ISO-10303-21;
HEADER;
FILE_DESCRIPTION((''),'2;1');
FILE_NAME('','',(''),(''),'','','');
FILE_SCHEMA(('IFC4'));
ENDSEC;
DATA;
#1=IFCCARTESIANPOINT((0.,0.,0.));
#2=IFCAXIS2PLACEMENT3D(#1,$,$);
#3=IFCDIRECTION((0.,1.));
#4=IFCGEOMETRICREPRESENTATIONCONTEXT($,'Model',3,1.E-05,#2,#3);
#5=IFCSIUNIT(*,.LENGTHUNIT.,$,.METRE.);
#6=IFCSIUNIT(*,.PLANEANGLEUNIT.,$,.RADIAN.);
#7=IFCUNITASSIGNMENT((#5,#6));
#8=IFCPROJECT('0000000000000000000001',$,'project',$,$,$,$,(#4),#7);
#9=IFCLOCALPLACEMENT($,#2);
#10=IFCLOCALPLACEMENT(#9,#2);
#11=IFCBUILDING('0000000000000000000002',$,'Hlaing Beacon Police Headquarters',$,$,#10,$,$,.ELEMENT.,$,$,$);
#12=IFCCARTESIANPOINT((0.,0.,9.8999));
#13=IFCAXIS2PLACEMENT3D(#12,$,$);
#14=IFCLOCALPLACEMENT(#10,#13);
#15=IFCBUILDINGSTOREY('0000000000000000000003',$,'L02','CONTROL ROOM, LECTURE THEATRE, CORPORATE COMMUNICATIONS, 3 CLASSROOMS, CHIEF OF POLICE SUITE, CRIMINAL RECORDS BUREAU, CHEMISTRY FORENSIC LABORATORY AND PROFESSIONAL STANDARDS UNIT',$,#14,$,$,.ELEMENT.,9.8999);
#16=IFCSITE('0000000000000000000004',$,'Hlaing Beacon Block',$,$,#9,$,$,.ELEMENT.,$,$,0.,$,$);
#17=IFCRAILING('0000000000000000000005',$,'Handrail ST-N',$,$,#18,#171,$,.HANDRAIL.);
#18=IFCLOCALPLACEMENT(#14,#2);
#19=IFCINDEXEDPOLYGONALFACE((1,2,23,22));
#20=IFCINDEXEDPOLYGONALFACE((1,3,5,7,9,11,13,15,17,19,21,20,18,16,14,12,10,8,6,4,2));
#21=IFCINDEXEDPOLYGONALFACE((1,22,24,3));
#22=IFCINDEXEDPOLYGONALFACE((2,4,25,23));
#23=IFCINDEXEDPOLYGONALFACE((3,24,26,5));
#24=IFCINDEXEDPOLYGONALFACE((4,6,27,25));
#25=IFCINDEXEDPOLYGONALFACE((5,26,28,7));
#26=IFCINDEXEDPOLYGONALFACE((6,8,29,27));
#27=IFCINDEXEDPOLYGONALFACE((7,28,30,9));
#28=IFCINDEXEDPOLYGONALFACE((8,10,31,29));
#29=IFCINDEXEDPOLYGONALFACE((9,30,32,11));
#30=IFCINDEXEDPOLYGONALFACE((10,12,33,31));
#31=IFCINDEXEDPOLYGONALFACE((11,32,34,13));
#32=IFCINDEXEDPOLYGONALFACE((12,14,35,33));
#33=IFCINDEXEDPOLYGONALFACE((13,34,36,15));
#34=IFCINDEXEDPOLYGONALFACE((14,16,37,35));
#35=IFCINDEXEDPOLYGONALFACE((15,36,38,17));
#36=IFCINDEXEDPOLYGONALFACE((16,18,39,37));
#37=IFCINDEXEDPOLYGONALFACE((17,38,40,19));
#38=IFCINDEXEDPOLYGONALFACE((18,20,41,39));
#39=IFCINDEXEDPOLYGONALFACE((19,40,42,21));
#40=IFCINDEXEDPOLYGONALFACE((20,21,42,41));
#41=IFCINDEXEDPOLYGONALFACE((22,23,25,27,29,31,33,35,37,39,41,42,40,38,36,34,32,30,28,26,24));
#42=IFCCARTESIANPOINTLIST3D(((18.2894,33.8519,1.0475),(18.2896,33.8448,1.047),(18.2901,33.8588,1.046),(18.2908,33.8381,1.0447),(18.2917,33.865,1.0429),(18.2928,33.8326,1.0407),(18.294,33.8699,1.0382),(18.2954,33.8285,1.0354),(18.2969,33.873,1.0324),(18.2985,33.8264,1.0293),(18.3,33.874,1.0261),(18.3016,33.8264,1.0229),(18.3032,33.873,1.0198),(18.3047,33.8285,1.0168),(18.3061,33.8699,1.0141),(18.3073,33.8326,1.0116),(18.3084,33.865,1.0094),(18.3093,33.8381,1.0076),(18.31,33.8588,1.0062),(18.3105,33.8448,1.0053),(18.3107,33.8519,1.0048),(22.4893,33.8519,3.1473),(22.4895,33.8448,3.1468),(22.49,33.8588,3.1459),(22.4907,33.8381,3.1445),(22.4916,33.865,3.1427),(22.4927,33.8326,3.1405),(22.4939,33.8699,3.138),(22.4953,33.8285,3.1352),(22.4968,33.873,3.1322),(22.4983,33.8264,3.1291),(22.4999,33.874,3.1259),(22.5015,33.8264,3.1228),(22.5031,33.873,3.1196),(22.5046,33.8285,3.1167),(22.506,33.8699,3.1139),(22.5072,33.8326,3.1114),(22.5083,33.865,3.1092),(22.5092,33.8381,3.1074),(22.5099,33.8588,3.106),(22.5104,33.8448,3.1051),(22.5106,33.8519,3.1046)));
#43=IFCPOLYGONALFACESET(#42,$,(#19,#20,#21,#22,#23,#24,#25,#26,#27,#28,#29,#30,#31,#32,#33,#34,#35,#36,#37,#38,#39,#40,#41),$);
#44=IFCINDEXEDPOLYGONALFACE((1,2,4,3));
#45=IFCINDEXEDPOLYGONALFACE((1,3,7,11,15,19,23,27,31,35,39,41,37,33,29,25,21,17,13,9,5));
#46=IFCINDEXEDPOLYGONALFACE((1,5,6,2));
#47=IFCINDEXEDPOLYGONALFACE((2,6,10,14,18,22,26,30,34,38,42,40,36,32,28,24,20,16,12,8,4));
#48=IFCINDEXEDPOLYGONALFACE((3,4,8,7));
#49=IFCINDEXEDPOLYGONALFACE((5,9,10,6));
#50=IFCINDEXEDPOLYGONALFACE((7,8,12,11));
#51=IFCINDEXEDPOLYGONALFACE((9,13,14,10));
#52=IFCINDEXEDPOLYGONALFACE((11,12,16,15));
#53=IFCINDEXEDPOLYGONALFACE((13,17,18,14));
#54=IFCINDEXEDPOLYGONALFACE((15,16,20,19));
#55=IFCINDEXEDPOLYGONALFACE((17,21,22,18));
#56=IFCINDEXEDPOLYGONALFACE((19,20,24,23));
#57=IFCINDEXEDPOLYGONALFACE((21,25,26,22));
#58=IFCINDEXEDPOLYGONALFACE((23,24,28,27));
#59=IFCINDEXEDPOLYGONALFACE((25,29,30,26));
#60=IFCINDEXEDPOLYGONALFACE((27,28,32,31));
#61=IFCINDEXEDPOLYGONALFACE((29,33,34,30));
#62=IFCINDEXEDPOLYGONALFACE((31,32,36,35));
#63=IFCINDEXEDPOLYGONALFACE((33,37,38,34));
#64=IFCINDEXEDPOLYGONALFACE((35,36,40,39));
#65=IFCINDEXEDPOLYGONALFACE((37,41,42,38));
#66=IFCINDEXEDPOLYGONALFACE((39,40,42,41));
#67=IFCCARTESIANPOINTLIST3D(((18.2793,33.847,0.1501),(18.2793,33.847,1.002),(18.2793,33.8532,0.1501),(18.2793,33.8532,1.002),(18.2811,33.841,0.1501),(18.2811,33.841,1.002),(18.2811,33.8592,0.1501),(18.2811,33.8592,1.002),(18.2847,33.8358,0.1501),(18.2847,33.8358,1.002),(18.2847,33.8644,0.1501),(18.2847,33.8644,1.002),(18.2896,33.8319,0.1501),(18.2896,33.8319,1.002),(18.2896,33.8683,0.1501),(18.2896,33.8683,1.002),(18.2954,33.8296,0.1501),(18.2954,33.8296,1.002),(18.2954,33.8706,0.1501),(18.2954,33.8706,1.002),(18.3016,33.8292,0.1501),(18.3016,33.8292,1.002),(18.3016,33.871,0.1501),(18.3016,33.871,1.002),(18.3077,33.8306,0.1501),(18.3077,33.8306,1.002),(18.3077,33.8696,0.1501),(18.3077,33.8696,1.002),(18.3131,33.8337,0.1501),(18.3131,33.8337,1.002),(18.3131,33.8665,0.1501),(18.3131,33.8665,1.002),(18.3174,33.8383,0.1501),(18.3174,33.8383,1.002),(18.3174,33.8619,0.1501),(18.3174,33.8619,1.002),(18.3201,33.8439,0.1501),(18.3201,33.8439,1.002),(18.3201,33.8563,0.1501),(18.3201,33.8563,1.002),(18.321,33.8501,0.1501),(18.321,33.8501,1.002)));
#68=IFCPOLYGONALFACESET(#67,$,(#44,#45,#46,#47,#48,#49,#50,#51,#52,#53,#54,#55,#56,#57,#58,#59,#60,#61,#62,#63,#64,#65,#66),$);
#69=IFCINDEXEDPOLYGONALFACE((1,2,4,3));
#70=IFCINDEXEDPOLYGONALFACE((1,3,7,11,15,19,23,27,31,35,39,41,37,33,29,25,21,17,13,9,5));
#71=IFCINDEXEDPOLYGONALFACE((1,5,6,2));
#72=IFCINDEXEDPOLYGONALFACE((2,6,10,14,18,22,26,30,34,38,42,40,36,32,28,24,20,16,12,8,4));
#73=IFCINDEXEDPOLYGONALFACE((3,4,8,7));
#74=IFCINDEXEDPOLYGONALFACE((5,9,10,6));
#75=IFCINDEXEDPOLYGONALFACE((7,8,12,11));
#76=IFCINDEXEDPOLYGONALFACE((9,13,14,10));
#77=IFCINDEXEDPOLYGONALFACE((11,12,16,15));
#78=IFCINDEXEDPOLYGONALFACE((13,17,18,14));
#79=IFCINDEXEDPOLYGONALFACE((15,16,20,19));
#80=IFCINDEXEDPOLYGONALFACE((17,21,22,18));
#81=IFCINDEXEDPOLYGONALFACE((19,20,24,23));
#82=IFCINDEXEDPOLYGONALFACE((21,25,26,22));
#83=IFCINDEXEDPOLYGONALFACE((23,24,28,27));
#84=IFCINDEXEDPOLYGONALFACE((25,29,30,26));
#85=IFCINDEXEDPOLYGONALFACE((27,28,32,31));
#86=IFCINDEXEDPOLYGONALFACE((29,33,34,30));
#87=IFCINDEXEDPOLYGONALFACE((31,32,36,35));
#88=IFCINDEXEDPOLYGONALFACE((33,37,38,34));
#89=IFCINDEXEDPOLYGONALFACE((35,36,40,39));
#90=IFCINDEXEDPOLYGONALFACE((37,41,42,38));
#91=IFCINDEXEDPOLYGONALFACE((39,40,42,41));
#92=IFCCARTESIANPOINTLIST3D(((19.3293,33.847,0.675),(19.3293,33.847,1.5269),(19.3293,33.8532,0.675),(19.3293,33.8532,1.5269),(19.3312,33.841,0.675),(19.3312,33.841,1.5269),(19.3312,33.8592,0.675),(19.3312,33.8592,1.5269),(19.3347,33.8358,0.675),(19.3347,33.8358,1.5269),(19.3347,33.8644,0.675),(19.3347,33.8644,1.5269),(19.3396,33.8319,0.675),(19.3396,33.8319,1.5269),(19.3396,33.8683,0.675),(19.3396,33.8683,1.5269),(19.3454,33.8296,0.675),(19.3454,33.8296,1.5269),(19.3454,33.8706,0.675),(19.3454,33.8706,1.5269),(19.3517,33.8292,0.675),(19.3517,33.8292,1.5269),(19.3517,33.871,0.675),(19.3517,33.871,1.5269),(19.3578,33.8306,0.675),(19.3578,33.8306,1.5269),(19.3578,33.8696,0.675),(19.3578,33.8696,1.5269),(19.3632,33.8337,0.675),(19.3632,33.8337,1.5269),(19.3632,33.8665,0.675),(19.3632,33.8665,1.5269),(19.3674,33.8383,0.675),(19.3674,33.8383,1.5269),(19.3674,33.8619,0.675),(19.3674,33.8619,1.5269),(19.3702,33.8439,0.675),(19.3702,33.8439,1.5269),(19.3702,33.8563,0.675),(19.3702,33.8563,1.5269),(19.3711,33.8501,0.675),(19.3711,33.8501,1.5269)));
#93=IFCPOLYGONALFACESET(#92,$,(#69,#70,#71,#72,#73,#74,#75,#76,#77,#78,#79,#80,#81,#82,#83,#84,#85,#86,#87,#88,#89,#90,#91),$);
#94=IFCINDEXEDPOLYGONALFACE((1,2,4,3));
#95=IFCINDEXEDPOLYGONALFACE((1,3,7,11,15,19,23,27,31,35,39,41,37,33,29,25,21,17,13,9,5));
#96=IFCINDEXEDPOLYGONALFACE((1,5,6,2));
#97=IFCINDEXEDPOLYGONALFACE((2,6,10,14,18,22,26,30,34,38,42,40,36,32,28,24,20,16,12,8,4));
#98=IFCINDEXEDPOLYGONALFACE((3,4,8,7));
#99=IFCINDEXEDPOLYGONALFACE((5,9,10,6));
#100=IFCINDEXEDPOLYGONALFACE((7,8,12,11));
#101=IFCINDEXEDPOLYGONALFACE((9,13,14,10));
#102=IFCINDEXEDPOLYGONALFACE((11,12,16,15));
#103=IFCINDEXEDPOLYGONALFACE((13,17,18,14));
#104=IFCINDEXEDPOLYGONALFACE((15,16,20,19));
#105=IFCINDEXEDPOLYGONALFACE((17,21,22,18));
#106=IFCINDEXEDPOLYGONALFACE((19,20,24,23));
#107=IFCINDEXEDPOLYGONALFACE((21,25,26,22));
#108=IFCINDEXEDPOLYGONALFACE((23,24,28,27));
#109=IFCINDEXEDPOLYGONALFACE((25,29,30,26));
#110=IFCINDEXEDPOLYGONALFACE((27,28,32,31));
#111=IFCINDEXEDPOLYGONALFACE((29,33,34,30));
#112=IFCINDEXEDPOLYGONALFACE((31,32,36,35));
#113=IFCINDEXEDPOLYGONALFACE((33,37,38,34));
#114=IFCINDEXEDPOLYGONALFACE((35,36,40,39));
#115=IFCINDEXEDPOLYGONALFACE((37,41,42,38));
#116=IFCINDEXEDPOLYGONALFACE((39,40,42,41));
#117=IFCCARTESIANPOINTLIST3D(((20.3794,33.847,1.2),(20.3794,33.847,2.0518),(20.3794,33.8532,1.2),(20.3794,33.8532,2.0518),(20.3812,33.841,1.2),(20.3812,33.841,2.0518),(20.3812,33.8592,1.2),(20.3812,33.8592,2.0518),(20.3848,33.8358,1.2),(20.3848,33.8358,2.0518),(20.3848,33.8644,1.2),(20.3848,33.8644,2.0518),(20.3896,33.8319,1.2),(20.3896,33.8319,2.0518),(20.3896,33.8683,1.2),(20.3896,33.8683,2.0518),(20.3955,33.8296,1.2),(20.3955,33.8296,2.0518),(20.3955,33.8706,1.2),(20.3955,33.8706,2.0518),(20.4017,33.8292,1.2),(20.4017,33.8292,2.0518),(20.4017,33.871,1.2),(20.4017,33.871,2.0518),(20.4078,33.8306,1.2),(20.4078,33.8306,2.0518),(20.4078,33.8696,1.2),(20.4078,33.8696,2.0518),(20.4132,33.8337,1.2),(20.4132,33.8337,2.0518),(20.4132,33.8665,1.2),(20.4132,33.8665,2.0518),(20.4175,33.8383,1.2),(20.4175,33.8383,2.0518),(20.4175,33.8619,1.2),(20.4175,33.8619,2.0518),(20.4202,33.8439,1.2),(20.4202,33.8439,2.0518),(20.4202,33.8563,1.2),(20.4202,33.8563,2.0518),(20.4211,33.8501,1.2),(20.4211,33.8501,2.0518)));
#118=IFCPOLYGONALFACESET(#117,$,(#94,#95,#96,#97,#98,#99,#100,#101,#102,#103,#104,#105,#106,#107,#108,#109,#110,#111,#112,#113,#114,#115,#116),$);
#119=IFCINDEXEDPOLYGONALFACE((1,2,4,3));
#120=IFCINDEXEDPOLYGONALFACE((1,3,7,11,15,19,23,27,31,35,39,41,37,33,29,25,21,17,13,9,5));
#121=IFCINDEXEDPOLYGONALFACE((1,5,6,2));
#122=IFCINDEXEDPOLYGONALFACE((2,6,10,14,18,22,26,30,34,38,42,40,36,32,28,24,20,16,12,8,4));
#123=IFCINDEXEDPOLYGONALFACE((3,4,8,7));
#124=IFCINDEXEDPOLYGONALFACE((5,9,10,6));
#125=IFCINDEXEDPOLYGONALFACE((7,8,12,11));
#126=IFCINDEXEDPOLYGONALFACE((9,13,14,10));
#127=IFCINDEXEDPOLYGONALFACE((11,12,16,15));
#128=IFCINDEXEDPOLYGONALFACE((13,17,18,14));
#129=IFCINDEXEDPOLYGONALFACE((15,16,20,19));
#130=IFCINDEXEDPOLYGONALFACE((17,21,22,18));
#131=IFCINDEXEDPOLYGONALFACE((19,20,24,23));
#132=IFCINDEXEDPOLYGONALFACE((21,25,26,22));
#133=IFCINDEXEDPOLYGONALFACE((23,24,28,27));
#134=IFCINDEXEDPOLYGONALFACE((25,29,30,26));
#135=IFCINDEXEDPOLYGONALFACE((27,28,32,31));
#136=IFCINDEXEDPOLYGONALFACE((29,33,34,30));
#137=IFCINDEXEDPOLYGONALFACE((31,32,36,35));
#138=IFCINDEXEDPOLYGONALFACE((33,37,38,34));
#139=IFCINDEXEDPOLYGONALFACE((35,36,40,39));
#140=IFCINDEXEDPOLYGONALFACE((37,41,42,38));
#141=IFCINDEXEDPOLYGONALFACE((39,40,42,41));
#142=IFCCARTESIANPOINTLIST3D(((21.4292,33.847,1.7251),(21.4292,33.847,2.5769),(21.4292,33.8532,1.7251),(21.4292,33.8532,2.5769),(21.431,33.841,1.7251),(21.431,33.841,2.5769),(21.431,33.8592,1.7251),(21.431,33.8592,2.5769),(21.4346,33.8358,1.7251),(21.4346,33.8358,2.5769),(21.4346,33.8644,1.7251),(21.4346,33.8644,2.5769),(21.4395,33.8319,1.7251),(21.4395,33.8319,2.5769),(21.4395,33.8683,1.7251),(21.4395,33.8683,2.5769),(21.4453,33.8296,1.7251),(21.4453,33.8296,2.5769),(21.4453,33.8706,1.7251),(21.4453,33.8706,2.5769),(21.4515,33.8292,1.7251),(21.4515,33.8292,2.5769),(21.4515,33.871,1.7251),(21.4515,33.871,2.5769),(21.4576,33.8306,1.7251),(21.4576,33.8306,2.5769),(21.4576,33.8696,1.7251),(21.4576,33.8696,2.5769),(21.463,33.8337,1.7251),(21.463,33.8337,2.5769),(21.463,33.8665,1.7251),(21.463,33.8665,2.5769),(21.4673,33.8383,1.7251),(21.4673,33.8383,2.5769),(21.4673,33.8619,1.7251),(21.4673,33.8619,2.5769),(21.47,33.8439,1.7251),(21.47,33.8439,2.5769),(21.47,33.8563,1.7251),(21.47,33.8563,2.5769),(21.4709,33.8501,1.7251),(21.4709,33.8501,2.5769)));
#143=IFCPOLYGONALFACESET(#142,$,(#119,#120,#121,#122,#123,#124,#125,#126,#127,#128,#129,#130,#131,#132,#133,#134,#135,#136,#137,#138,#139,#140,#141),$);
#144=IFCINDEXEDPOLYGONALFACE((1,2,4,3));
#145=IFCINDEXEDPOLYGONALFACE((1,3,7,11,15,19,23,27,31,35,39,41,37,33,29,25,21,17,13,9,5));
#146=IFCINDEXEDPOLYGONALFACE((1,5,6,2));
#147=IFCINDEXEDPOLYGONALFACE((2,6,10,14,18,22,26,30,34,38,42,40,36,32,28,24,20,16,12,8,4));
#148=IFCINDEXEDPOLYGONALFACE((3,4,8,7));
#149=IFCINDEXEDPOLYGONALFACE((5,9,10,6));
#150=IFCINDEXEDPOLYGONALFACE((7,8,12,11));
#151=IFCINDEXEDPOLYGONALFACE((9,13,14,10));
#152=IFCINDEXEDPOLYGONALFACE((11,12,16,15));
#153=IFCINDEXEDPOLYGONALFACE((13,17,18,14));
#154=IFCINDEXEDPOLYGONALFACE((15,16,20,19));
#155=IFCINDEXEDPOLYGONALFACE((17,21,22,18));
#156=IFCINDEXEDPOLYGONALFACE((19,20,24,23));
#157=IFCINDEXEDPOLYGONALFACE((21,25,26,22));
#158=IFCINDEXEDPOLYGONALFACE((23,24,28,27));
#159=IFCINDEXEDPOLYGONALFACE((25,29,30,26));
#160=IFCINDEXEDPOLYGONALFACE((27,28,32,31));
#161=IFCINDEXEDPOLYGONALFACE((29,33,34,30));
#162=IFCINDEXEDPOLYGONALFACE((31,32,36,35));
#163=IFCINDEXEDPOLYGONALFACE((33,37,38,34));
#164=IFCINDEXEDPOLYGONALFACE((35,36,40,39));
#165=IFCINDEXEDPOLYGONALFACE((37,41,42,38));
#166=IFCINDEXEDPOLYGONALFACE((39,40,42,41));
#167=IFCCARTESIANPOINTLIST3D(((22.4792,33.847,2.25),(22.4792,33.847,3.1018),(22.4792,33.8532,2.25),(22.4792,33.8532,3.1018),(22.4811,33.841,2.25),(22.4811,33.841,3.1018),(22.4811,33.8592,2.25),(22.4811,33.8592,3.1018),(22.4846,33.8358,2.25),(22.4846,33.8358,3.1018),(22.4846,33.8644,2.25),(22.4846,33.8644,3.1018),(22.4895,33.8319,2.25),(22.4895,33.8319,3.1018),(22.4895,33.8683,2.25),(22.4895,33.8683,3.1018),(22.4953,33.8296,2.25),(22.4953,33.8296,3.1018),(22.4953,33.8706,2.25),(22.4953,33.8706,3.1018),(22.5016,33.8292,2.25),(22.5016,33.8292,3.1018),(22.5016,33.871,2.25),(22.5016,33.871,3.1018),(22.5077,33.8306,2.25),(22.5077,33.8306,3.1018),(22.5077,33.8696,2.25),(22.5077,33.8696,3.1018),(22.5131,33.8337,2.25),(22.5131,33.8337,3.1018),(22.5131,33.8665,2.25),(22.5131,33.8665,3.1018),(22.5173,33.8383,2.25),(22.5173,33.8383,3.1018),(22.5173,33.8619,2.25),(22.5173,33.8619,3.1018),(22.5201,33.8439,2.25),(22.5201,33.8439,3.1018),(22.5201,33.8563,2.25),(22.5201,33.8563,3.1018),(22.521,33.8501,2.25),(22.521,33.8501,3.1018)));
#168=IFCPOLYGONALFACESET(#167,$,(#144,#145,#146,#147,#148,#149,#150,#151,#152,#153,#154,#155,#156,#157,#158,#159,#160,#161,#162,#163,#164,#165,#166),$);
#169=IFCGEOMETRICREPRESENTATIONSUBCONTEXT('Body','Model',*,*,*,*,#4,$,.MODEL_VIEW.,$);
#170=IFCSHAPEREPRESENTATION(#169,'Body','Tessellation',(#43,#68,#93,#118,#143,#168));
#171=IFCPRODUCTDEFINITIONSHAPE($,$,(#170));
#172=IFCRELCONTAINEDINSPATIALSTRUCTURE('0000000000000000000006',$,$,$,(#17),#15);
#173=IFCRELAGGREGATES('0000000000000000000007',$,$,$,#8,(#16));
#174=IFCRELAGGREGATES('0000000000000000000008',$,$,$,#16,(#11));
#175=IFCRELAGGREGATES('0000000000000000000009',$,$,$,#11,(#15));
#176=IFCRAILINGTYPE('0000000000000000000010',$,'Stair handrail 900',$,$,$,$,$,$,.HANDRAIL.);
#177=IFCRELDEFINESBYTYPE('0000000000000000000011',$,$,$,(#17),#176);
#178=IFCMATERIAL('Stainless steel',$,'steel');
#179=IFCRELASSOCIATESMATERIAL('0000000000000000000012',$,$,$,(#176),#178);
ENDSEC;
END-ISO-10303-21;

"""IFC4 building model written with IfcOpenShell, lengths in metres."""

from ifc_helpers import new_model, si_unit, direction, frame, origin, origin_2d, place, context, subcontext, project, spatial, circle, extrude, material, type_object, element, save


model = new_model("IFC4")

# Units and contexts
model_context = context("Model", 3, precision=1e-05, world=origin(), true_north=direction((0.0, 1.0)))
body_context = subcontext(model_context, "Body", "Model", "MODEL_VIEW")
ifc_project = project(units=[si_unit("LENGTHUNIT", "METRE"), si_unit("PLANEANGLEUNIT", "RADIAN")], contexts=[model_context])

# Site, building, storey
site_placement = place(None, origin())
site = spatial("IfcSite", under=ifc_project, at=site_placement, Name="Hlaing Beacon Block", CompositionType="ELEMENT", RefElevation=0.0)
building_placement = place(site_placement, origin())
building = spatial("IfcBuilding", under=site, at=building_placement, Name="Hlaing Beacon Police Headquarters", CompositionType="ELEMENT")
storey_placement = place(building_placement, frame((0.0, 0.0, 9.8999)))
storey = spatial("IfcBuildingStorey", under=building, at=storey_placement, Name="L02", Description="CONTROL ROOM, LECTURE THEATRE, CORPORATE COMMUNICATIONS, 3 CLASSROOMS, CHIEF OF POLICE SUITE, CRIMINAL RECORDS BUREAU, CHEMISTRY FORENSIC LABORATORY AND PROFESSIONAL STANDARDS UNIT", CompositionType="ELEMENT", Elevation=9.8999)

# Railing
ifc_material_1 = material(Name="Stainless steel", Category="steel")
railing_type_1 = type_object("IfcRailingType", Name="Stair handrail 900", PredefinedType="HANDRAIL", material=ifc_material_1)
for number, where, name in (
    (1, (18.3, 33.8501, 0.1501), "Handrail ST-N"),
):
    element("IfcRailing", number, at=place(storey_placement, frame(where)), inside=storey, type_object=railing_type_1, Name=name, PredefinedType="HANDRAIL", context=body_context, shape_type="SweptSolid", body=[
        extrude(circle(Radius=0.0239, at=origin_2d()), frame((0.0, 0.0, 0.876), z_axis=(0.894438, 0.0, 0.447193), x_axis=(0.0, 1.0, 0.0)), (0.0, 0.0, 1.0), 4.6956),
        extrude(circle(Radius=0.021, at=origin_2d()), origin(), (0.0, 0.0, 1.0), 0.8518),
        extrude(circle(Radius=0.021, at=origin_2d()), frame((1.05, 0.0, 0.5249)), (0.0, 0.0, 1.0), 0.8518),
        extrude(circle(Radius=0.021, at=origin_2d()), frame((2.1001, 0.0, 1.0498)), (0.0, 0.0, 1.0), 0.8518),
        extrude(circle(Radius=0.021, at=origin_2d()), frame((3.1499, 0.0, 1.575)), (0.0, 0.0, 1.0), 0.8518),
        extrude(circle(Radius=0.021, at=origin_2d()), frame((4.2, 0.0, 2.0999)), (0.0, 0.0, 1.0), 0.8518),
    ])

save(model, "model.ifc")
